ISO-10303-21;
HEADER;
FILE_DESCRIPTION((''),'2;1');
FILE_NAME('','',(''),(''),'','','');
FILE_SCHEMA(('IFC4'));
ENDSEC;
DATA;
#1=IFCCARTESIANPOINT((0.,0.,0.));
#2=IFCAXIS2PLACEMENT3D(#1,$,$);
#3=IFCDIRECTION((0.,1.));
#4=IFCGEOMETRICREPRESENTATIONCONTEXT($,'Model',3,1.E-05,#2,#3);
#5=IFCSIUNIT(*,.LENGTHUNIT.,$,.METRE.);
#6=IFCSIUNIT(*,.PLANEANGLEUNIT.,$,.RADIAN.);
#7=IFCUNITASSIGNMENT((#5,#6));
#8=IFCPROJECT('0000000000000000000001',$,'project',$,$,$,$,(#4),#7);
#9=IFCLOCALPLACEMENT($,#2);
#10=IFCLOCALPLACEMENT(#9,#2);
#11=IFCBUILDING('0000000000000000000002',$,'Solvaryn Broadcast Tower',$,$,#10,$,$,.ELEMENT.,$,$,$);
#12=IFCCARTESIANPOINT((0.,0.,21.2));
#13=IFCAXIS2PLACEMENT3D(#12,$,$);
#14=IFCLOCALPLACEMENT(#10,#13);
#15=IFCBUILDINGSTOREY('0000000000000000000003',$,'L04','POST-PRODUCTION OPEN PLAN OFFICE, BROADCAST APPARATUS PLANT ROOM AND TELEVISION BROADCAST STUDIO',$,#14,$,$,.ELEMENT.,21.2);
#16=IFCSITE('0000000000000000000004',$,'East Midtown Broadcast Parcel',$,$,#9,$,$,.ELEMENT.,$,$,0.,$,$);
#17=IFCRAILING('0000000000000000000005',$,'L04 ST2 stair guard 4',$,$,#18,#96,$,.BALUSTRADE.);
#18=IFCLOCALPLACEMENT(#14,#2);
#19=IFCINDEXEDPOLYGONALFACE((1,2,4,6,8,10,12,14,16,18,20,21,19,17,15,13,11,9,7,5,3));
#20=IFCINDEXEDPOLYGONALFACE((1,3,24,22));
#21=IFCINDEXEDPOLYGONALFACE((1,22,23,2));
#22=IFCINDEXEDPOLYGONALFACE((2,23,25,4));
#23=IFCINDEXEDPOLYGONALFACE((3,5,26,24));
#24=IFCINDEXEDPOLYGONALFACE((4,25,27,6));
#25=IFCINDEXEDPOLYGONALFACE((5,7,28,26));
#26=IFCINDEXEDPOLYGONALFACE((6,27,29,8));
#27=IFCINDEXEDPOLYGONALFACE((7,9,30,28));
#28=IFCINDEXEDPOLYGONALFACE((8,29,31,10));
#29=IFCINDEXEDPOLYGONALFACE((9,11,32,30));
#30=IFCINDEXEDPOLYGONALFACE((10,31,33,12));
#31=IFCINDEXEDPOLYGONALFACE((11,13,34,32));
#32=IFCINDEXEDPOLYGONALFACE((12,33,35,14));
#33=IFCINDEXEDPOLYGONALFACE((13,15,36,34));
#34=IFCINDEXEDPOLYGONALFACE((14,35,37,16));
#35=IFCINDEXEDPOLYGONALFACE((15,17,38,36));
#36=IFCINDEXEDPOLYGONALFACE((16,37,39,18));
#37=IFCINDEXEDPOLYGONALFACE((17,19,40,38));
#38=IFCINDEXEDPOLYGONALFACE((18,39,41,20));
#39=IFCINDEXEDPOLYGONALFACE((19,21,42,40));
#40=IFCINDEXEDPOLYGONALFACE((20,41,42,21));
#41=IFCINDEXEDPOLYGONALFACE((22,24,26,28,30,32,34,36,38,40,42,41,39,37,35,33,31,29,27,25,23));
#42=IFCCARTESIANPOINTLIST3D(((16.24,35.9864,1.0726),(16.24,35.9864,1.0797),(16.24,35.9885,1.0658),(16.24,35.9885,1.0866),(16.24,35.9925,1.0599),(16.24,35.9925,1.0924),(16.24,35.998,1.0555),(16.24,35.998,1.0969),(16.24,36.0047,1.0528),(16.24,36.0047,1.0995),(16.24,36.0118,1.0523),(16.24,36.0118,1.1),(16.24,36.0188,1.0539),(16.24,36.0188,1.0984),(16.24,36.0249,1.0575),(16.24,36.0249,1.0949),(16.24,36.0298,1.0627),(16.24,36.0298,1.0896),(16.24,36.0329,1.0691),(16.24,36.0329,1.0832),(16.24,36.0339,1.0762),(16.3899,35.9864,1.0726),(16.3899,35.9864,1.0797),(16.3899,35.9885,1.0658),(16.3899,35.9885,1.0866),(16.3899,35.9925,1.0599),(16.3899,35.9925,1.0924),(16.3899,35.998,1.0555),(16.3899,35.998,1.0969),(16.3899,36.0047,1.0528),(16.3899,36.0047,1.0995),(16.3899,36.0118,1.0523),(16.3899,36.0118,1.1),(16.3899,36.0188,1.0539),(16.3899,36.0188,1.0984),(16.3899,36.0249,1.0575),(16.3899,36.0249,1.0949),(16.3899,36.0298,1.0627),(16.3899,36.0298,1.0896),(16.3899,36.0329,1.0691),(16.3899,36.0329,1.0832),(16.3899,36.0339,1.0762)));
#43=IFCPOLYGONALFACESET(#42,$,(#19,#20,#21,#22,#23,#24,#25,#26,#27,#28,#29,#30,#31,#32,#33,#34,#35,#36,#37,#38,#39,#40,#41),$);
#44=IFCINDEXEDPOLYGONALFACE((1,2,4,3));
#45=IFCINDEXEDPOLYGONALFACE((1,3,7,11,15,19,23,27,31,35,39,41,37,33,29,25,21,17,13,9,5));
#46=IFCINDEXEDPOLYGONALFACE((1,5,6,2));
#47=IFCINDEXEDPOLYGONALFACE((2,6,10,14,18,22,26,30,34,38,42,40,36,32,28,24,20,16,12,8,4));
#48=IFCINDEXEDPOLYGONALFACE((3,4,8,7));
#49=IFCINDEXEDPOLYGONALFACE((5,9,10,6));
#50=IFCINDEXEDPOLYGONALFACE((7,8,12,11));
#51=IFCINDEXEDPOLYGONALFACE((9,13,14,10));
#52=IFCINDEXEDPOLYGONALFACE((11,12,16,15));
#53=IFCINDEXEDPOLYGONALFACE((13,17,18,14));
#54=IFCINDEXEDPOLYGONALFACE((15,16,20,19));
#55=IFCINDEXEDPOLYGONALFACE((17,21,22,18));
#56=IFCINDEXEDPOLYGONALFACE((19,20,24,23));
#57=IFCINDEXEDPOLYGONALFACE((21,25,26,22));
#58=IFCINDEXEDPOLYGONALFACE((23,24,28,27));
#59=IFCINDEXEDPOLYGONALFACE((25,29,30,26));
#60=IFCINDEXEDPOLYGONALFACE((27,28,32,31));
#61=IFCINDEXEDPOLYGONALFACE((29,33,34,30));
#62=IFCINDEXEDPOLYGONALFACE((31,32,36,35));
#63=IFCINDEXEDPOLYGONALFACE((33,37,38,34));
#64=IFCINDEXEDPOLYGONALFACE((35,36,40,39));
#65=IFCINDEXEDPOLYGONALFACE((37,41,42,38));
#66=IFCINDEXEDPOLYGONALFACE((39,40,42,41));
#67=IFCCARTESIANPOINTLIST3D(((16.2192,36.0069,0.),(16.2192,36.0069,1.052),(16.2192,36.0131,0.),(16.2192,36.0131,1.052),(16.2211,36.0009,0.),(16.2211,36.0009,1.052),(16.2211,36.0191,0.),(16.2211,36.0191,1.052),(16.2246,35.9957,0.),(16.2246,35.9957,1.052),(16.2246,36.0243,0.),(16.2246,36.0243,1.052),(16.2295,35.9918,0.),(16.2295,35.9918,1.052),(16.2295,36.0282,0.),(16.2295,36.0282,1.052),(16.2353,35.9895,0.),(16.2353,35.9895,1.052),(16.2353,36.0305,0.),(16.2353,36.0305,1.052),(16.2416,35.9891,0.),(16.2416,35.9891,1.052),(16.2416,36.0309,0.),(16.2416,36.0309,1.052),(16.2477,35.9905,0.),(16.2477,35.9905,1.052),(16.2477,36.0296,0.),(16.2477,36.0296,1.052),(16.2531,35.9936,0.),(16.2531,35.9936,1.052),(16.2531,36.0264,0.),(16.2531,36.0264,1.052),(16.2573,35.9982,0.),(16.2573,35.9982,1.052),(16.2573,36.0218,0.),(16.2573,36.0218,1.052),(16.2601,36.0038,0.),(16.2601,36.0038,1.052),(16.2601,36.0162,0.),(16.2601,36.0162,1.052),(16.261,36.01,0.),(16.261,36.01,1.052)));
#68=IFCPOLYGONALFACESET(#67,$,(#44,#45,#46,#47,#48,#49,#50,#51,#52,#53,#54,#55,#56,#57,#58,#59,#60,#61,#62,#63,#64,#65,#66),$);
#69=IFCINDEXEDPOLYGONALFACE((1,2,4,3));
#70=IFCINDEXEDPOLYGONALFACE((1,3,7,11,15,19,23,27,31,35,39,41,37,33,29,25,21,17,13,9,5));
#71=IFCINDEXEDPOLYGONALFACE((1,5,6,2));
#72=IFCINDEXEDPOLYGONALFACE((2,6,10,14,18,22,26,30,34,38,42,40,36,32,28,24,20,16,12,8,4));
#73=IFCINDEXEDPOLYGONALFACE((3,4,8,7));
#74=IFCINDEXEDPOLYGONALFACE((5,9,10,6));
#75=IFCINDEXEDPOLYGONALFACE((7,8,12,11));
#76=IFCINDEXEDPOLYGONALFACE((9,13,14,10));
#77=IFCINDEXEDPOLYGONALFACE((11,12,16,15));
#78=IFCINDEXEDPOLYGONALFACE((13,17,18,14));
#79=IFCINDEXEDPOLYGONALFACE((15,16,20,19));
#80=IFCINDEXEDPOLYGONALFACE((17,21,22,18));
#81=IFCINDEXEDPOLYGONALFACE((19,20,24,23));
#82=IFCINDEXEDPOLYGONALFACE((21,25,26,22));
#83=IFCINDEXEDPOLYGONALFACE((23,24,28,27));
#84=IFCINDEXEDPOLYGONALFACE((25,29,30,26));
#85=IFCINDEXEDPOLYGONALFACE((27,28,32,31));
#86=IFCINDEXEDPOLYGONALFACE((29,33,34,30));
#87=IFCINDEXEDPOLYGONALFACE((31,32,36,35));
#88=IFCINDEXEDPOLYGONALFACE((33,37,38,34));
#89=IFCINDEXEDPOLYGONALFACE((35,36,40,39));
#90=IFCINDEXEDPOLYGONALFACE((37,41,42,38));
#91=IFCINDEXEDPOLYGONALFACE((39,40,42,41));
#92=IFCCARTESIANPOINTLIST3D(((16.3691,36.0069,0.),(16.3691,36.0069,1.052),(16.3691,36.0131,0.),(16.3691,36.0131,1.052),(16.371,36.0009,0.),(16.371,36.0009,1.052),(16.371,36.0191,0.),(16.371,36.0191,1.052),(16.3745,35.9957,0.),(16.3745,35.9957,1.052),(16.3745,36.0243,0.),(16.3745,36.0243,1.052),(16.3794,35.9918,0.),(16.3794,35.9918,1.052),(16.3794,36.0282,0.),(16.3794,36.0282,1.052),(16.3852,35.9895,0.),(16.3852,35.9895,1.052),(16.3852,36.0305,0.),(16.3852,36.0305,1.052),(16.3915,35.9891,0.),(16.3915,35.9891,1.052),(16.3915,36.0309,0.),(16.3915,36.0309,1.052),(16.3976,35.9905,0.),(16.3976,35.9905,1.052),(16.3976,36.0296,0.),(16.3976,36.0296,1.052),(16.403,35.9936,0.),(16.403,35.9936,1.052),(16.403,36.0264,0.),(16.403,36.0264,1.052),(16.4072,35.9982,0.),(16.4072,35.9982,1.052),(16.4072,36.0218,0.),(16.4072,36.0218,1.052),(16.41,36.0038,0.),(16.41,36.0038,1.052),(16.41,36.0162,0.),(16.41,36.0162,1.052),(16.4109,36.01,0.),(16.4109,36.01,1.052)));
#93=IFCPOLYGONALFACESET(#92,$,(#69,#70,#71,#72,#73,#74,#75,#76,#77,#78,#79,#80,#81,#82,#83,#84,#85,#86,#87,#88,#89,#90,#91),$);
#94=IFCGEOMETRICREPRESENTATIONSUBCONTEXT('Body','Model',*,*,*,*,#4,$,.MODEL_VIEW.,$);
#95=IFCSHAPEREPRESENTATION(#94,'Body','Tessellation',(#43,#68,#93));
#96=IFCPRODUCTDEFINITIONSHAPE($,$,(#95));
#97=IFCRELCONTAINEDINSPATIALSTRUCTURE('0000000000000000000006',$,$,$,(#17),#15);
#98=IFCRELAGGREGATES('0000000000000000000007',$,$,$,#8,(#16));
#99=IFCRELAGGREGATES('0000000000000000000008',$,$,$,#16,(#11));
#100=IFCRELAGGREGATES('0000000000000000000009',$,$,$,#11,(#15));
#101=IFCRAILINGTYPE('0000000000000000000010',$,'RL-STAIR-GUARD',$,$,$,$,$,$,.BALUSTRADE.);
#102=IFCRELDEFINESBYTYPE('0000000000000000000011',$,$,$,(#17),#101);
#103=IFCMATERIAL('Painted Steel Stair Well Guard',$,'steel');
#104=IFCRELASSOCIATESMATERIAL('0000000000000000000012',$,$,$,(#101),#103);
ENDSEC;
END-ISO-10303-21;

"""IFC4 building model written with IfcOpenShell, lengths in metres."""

from ifc_helpers import new_model, si_unit, direction, frame, origin, origin_2d, place, context, subcontext, project, spatial, circle, extrude, material, type_object, element, save


model = new_model("IFC4")

# Units and contexts
model_context = context("Model", 3, precision=1e-05, world=origin(), true_north=direction((0.0, 1.0)))
body_context = subcontext(model_context, "Body", "Model", "MODEL_VIEW")
ifc_project = project(units=[si_unit("LENGTHUNIT", "METRE"), si_unit("PLANEANGLEUNIT", "RADIAN")], contexts=[model_context])

# Site, building, storey
site_placement = place(None, origin())
site = spatial("IfcSite", under=ifc_project, at=site_placement, Name="East Midtown Broadcast Parcel", CompositionType="ELEMENT", RefElevation=0.0)
building_placement = place(site_placement, origin())
building = spatial("IfcBuilding", under=site, at=building_placement, Name="Solvaryn Broadcast Tower", CompositionType="ELEMENT")
storey_placement = place(building_placement, frame((0.0, 0.0, 21.2)))
storey = spatial("IfcBuildingStorey", under=building, at=storey_placement, Name="L04", Description="POST-PRODUCTION OPEN PLAN OFFICE, BROADCAST APPARATUS PLANT ROOM AND TELEVISION BROADCAST STUDIO", CompositionType="ELEMENT", Elevation=21.2)

# Railing
ifc_material_1 = material(Name="Painted Steel Stair Well Guard", Category="steel")
railing_type = type_object("IfcRailingType", Name="RL-STAIR-GUARD", PredefinedType="BALUSTRADE", material=ifc_material_1)
railing_1_placement = place(storey_placement, frame((16.24, 36.01, 0.0)))
element("IfcRailing", 1, at=railing_1_placement, inside=storey, type_object=railing_type, Name="L04 ST2 stair guard 4", PredefinedType="BALUSTRADE", context=body_context, shape_type="SweptSolid", body=[
    extrude(circle(Radius=0.0239, at=origin_2d()), frame((0.0, 0.0, 1.0762), z_axis=(1.0, 0.0, 0.0), x_axis=(0.0, 1.0, 0.0)), (0.0, 0.0, 1.0), 0.1499),
    extrude(circle(Radius=0.021, at=origin_2d()), origin(), (0.0, 0.0, 1.0), 1.052),
    extrude(circle(Radius=0.021, at=origin_2d()), frame((0.1499, 0.0, 0.0)), (0.0, 0.0, 1.0), 1.052),
])

save(model, "model.ifc")
